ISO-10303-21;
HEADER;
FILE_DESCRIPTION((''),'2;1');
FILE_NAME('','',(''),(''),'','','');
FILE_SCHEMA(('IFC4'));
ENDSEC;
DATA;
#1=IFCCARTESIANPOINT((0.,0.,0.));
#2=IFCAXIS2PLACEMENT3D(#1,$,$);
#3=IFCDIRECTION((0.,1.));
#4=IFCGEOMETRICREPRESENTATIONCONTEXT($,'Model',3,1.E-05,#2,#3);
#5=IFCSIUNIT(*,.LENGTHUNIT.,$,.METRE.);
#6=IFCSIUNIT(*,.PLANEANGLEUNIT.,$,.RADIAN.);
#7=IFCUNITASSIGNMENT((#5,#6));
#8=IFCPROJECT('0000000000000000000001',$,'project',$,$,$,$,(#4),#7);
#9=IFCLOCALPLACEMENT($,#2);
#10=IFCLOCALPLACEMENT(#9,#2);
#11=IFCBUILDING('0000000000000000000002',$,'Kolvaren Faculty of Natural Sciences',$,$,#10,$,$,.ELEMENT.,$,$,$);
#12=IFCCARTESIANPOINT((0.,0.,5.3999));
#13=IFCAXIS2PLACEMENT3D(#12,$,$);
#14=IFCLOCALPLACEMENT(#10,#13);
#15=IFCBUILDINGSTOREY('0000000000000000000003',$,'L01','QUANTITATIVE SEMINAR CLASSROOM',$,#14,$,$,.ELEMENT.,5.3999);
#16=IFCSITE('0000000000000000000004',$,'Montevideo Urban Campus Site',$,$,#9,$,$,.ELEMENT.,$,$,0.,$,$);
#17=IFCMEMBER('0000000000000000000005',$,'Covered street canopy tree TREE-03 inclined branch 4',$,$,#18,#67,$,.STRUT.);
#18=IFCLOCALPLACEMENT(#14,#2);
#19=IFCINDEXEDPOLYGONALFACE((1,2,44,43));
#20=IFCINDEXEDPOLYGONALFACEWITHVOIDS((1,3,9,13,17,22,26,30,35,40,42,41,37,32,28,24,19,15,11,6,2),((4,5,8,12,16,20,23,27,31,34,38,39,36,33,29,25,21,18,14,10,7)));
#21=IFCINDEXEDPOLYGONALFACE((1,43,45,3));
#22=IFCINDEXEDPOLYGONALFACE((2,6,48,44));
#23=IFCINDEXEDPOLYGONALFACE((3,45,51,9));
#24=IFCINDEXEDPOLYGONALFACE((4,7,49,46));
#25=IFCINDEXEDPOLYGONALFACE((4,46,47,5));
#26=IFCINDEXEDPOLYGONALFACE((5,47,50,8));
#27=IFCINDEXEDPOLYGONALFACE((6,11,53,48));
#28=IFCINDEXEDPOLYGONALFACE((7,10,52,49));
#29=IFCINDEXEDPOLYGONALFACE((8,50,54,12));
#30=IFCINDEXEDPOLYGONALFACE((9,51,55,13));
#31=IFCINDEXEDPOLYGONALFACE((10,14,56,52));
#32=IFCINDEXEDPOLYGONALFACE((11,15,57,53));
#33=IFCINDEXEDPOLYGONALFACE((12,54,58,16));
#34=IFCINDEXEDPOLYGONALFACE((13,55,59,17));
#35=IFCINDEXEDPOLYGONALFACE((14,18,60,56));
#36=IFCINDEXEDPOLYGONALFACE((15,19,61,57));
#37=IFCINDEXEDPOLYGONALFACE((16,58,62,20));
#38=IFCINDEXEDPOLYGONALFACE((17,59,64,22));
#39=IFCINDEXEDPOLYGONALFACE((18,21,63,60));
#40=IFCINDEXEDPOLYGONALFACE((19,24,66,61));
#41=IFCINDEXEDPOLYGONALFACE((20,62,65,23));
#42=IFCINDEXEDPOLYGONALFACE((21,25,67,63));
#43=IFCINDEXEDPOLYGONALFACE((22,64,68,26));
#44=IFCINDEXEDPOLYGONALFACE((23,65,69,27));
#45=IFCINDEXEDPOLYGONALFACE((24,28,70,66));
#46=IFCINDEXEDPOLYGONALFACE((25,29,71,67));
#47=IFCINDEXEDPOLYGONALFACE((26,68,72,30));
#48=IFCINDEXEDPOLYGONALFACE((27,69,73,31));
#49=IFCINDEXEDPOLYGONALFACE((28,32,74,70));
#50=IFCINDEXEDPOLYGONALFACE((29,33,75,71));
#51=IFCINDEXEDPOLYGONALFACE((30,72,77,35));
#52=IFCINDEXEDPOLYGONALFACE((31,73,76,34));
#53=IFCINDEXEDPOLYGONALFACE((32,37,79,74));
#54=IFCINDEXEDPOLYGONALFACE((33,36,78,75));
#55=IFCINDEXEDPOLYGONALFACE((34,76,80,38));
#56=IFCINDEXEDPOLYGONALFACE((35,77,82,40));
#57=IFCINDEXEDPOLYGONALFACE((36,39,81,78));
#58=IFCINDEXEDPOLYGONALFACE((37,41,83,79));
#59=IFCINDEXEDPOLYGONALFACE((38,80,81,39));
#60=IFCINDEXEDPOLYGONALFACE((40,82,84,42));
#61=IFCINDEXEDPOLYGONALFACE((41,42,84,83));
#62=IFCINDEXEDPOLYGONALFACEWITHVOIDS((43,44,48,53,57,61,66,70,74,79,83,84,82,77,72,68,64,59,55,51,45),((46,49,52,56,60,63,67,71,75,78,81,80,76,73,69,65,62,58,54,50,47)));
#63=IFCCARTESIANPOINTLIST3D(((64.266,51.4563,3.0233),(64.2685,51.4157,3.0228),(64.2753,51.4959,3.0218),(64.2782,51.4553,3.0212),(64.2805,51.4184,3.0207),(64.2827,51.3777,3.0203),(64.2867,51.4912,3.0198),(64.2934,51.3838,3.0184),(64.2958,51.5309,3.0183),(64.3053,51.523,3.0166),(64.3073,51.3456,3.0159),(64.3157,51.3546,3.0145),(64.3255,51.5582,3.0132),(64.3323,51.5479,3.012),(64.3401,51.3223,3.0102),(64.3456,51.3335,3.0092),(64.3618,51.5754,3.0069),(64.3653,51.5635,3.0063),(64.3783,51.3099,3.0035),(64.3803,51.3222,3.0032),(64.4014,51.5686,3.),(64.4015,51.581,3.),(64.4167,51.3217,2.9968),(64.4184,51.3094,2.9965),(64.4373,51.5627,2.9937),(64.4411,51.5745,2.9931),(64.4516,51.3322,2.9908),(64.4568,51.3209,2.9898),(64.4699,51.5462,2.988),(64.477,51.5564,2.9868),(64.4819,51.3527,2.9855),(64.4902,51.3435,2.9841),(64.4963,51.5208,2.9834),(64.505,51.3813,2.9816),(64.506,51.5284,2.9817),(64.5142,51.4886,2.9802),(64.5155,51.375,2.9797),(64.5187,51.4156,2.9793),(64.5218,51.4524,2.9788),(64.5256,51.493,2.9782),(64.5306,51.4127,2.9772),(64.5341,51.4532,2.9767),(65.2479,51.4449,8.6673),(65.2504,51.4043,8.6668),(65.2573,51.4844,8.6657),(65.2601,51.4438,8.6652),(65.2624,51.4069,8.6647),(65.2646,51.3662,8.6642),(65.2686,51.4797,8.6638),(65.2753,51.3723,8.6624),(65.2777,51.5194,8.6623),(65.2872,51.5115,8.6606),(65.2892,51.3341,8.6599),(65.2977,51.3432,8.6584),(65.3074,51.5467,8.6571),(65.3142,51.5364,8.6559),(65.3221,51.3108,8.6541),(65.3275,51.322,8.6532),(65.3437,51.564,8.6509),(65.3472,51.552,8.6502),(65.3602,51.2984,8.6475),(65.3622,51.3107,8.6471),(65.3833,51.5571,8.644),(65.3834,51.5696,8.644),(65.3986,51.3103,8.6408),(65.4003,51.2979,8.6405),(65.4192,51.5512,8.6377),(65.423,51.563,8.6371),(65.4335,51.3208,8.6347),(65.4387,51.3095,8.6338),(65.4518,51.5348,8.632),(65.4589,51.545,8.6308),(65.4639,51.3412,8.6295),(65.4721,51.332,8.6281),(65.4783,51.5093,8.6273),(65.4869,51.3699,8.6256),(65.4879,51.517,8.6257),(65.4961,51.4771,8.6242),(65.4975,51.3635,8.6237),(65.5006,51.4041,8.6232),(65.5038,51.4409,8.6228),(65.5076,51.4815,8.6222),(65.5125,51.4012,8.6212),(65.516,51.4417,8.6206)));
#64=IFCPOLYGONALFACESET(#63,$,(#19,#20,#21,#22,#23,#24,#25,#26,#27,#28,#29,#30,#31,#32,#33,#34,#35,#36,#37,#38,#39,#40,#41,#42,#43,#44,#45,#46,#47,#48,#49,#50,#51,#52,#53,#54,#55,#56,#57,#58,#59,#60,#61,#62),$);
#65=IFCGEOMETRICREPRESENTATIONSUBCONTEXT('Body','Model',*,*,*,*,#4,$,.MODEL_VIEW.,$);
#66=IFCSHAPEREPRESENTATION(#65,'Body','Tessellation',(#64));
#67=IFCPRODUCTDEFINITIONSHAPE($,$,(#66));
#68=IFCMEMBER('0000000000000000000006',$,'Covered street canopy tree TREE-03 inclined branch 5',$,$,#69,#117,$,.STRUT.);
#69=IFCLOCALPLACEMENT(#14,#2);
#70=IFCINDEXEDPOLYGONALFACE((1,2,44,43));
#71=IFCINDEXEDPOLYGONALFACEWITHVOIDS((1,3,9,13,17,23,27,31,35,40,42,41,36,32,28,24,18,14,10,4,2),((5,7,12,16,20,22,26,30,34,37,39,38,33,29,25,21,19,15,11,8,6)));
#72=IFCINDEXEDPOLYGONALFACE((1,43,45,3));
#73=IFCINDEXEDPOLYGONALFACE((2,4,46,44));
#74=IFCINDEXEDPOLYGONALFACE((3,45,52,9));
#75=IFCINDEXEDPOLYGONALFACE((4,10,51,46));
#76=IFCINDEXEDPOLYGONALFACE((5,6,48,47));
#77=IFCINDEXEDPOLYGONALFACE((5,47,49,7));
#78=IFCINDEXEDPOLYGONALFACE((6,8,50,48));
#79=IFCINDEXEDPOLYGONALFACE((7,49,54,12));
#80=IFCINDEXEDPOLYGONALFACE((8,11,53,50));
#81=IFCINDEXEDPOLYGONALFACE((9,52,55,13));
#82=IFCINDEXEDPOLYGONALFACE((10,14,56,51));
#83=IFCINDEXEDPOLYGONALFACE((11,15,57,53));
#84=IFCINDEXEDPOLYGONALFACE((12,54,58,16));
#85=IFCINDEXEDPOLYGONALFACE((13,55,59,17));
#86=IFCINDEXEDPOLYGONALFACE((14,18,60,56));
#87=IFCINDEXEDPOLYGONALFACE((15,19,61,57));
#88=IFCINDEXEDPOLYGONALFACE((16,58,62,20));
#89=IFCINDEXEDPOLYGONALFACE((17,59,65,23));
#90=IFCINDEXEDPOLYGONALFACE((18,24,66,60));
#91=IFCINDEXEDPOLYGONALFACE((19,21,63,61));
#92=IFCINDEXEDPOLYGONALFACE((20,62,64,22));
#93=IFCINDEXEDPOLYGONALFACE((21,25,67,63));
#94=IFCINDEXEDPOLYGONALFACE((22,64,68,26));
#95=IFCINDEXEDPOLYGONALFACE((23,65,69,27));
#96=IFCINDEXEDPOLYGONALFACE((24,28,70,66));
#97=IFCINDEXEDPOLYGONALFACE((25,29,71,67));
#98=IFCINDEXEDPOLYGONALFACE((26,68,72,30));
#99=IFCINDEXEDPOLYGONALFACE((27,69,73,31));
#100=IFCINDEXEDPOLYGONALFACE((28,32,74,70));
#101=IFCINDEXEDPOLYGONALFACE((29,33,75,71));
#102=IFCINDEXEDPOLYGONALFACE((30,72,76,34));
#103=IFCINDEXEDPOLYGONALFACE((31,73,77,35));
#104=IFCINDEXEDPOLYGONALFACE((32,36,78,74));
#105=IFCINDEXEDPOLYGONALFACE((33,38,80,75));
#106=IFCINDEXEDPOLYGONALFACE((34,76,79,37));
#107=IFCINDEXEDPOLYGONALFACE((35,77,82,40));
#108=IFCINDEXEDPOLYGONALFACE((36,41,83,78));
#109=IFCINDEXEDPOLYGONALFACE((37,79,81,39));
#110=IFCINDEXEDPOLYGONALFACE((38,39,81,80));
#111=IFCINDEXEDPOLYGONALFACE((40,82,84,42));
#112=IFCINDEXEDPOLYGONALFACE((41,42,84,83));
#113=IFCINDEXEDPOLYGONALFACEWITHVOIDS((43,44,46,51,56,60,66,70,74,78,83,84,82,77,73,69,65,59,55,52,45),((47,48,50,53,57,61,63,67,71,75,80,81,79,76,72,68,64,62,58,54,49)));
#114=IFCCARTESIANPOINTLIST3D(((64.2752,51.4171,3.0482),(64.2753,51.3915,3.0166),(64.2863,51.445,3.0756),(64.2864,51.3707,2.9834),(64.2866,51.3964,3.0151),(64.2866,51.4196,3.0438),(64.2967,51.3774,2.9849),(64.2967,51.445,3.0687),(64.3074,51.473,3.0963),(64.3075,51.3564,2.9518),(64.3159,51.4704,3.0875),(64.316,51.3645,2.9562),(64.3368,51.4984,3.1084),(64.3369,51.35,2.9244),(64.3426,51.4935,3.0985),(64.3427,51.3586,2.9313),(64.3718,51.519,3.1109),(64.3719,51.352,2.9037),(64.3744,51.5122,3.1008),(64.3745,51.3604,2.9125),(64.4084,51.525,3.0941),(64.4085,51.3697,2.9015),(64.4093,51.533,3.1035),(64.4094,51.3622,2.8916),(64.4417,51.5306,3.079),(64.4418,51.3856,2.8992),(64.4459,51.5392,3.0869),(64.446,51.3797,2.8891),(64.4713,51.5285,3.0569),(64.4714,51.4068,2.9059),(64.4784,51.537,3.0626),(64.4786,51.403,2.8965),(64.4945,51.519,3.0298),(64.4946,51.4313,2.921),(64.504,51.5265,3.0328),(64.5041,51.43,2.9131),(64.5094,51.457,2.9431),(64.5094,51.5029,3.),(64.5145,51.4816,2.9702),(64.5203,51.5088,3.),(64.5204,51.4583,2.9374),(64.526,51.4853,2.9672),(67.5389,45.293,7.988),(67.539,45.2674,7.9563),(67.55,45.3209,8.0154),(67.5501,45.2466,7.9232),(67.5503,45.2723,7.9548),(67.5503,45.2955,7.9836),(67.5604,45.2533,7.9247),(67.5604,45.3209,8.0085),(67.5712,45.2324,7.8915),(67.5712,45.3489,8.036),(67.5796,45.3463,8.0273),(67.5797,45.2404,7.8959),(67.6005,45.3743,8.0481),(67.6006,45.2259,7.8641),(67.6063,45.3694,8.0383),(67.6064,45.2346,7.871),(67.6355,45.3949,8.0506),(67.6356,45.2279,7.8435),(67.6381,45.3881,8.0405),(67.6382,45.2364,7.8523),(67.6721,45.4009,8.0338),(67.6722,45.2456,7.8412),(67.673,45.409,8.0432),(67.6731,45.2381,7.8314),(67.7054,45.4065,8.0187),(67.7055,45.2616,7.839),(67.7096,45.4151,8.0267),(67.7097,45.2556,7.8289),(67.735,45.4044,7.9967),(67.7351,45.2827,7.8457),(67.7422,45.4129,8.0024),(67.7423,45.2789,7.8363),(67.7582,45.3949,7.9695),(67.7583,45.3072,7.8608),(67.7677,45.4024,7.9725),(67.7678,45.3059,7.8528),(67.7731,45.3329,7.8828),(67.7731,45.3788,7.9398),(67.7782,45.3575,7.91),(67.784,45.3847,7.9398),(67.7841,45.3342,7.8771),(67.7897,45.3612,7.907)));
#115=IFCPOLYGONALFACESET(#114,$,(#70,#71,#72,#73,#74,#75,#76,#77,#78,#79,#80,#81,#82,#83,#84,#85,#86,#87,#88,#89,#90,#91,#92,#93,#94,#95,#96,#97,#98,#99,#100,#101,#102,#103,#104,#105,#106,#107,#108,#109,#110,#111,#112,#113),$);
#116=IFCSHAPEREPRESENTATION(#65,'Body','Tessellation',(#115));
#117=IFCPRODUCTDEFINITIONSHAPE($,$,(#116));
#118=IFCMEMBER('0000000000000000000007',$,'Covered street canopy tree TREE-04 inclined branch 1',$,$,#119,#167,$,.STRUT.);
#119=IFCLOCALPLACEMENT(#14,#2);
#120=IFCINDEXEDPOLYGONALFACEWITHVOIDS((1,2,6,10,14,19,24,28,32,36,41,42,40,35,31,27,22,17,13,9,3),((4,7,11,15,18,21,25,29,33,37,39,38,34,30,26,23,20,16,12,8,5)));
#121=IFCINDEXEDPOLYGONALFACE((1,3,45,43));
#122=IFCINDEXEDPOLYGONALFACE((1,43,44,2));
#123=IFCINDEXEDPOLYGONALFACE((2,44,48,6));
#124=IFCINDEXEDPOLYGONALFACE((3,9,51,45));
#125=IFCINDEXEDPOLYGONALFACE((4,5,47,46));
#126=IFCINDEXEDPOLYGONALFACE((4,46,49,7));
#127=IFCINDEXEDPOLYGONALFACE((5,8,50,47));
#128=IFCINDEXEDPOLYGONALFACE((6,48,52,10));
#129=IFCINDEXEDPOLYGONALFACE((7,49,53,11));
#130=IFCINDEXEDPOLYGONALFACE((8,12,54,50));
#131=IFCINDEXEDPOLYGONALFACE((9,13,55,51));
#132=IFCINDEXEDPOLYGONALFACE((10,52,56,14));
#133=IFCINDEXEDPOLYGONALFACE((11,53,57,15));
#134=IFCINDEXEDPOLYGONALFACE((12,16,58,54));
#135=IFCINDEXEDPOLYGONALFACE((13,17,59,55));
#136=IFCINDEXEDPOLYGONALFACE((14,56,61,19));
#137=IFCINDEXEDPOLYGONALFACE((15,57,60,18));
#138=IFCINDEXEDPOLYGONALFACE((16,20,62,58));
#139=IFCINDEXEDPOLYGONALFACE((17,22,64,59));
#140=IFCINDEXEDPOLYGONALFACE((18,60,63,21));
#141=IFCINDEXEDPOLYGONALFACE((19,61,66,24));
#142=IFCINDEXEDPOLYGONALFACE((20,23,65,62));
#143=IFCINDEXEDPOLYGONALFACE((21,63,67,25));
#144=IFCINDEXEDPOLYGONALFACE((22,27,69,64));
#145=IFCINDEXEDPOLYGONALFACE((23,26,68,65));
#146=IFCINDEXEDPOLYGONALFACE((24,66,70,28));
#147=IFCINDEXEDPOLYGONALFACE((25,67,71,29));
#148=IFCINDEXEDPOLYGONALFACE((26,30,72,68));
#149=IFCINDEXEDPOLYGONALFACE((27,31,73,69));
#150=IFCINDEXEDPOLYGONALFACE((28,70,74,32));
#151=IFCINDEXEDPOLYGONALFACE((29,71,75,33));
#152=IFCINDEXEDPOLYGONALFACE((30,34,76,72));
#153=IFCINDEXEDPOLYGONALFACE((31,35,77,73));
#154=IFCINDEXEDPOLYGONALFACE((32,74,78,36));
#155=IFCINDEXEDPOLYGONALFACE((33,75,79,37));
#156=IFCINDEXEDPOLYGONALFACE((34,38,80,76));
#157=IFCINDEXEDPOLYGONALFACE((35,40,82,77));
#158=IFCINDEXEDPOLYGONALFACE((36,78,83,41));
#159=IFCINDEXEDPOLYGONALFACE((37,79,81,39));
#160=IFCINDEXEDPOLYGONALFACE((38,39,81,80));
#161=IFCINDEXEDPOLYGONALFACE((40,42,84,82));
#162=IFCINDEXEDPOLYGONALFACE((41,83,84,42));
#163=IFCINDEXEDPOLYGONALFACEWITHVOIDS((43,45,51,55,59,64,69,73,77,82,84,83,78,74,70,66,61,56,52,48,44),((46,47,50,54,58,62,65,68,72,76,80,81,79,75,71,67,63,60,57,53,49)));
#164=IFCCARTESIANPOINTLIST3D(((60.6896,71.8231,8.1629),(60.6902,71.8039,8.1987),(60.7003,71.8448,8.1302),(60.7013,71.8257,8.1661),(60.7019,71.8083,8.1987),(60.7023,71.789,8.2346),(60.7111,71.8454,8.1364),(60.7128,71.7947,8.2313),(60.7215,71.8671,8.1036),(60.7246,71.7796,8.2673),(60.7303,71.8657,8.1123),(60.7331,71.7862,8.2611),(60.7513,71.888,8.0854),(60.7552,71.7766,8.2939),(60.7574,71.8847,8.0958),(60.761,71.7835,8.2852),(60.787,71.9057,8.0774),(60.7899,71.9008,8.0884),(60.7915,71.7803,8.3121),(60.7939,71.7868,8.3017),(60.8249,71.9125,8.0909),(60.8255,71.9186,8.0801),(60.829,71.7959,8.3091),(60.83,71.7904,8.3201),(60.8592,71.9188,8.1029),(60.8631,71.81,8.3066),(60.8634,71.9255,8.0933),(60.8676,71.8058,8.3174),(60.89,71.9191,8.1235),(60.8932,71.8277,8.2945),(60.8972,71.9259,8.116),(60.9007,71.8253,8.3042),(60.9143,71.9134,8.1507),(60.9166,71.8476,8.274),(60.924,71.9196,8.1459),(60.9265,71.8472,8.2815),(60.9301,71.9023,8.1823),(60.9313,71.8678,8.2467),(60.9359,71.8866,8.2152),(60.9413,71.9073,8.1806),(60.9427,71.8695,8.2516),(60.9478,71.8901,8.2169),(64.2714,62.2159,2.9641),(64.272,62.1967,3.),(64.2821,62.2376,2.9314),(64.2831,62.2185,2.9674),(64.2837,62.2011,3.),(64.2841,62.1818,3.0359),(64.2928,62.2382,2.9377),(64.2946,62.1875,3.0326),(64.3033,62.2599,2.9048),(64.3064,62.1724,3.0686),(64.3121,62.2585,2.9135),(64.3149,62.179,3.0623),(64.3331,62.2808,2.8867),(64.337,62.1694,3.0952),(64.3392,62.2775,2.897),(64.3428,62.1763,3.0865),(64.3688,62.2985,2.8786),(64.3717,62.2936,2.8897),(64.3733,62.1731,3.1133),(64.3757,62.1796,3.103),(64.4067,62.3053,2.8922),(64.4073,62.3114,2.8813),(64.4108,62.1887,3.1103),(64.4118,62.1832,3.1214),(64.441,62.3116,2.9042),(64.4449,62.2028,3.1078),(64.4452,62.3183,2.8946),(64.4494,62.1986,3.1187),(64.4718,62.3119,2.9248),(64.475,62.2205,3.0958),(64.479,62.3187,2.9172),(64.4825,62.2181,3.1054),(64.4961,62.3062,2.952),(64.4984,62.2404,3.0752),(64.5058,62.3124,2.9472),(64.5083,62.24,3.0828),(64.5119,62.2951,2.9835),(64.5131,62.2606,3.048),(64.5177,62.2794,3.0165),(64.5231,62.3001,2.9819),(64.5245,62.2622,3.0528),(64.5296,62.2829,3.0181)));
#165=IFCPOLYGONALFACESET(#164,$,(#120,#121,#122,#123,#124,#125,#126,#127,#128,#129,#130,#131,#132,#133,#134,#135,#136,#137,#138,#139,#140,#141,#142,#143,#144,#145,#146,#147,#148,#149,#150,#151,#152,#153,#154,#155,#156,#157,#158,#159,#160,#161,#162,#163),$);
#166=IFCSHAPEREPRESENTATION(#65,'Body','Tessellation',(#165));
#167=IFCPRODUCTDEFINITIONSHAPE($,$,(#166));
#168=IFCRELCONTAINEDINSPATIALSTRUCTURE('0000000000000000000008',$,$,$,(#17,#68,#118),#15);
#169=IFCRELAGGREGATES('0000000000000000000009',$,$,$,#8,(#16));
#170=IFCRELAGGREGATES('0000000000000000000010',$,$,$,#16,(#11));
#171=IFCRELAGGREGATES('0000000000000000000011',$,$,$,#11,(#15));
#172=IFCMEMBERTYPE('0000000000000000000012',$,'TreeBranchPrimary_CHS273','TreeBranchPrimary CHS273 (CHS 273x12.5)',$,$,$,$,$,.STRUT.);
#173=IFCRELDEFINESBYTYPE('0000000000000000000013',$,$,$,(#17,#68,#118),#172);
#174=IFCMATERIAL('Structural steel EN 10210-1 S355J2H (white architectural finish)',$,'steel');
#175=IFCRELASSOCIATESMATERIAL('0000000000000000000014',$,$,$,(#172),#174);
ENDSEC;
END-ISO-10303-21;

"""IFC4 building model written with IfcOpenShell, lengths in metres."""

from ifc_helpers import new_model, si_unit, direction, frame, origin, origin_2d, place, context, subcontext, project, spatial, hollow_circle, extrude, material, material_profile, profile_set, type_object, element, save


model = new_model("IFC4")

# Units and contexts
model_context = context("Model", 3, precision=1e-05, world=origin(), true_north=direction((0.0, 1.0)))
body_context = subcontext(model_context, "Body", "Model", "MODEL_VIEW")
ifc_project = project(units=[si_unit("LENGTHUNIT", "METRE"), si_unit("PLANEANGLEUNIT", "RADIAN")], contexts=[model_context])

# Site, building, storey
site_placement = place(None, origin())
site = spatial("IfcSite", under=ifc_project, at=site_placement, Name="Montevideo Urban Campus Site", CompositionType="ELEMENT", RefElevation=0.0)
building_placement = place(site_placement, origin())
building = spatial("IfcBuilding", under=site, at=building_placement, Name="Kolvaren Faculty of Natural Sciences", CompositionType="ELEMENT")
storey_placement = place(building_placement, frame((0.0, 0.0, 5.3999)))
storey = spatial("IfcBuildingStorey", under=building, at=storey_placement, Name="L01", Description="QUANTITATIVE SEMINAR CLASSROOM", CompositionType="ELEMENT", Elevation=5.3999)

# Members
ifc_material_1 = material(Name="Structural steel EN 10210-1 S355J2H (white architectural finish)", Category="steel")
ifc_material_profile_1 = material_profile(ifc_material_1, hollow_circle(Radius=0.1365, WallThickness=0.0125, at=origin_2d()), Name="CHS 273x12.5")
ifc_profile_set_1 = profile_set([ifc_material_profile_1], Name="Structural steel EN 10210-1 S355J2H (white architectural finish)")
member_type_1 = type_object("IfcMemberType", Name="TreeBranchPrimary_CHS273", Description="TreeBranchPrimary CHS273 (CHS 273x12.5)", PredefinedType="STRUT", material=ifc_profile_set_1)
member_1_placement = place(storey_placement, frame((64.3999, 51.4446, 3.0), z_axis=(0.171402, -0.002003, 0.985199), x_axis=(0.011685, 0.999932, 0.0)))
element("IfcMember", 1, at=member_1_placement, inside=storey, type_object=member_type_1, Name="Covered street canopy tree TREE-03 inclined branch 4", PredefinedType="STRUT", context=body_context, shape_type="SweptSolid", body=[
    extrude(hollow_circle(Radius=0.1365, WallThickness=0.0125, at=origin_2d()), origin(), (0.0, 0.0, 1.0), 5.7288),
])
member_2_placement = place(storey_placement, frame((64.3999, 51.4446, 3.0), z_axis=(0.383151, -0.718953, 0.579915), x_axis=(0.882501, 0.470311, 0.0)))
element("IfcMember", 2, at=member_2_placement, inside=storey, type_object=member_type_1, Name="Covered street canopy tree TREE-03 inclined branch 5", PredefinedType="STRUT", context=body_context, shape_type="SweptSolid", body=[
    extrude(hollow_circle(Radius=0.1365, WallThickness=0.0125, at=origin_2d()), origin(), (0.0, 0.0, 1.0), 8.5181),
])
member_3_placement = place(storey_placement, frame((64.3999, 62.2444, 3.0), z_axis=(-0.311573, 0.835711, 0.452228), x_axis=(-0.936998, -0.349335, 0.0)))
element("IfcMember", 3, at=member_3_placement, inside=storey, type_object=member_type_1, Name="Covered street canopy tree TREE-04 inclined branch 1", PredefinedType="STRUT", context=body_context, shape_type="SweptSolid", body=[
    extrude(hollow_circle(Radius=0.1365, WallThickness=0.0125, at=origin_2d()), origin(), (0.0, 0.0, 1.0), 11.4958),
])

save(model, "model.ifc")
